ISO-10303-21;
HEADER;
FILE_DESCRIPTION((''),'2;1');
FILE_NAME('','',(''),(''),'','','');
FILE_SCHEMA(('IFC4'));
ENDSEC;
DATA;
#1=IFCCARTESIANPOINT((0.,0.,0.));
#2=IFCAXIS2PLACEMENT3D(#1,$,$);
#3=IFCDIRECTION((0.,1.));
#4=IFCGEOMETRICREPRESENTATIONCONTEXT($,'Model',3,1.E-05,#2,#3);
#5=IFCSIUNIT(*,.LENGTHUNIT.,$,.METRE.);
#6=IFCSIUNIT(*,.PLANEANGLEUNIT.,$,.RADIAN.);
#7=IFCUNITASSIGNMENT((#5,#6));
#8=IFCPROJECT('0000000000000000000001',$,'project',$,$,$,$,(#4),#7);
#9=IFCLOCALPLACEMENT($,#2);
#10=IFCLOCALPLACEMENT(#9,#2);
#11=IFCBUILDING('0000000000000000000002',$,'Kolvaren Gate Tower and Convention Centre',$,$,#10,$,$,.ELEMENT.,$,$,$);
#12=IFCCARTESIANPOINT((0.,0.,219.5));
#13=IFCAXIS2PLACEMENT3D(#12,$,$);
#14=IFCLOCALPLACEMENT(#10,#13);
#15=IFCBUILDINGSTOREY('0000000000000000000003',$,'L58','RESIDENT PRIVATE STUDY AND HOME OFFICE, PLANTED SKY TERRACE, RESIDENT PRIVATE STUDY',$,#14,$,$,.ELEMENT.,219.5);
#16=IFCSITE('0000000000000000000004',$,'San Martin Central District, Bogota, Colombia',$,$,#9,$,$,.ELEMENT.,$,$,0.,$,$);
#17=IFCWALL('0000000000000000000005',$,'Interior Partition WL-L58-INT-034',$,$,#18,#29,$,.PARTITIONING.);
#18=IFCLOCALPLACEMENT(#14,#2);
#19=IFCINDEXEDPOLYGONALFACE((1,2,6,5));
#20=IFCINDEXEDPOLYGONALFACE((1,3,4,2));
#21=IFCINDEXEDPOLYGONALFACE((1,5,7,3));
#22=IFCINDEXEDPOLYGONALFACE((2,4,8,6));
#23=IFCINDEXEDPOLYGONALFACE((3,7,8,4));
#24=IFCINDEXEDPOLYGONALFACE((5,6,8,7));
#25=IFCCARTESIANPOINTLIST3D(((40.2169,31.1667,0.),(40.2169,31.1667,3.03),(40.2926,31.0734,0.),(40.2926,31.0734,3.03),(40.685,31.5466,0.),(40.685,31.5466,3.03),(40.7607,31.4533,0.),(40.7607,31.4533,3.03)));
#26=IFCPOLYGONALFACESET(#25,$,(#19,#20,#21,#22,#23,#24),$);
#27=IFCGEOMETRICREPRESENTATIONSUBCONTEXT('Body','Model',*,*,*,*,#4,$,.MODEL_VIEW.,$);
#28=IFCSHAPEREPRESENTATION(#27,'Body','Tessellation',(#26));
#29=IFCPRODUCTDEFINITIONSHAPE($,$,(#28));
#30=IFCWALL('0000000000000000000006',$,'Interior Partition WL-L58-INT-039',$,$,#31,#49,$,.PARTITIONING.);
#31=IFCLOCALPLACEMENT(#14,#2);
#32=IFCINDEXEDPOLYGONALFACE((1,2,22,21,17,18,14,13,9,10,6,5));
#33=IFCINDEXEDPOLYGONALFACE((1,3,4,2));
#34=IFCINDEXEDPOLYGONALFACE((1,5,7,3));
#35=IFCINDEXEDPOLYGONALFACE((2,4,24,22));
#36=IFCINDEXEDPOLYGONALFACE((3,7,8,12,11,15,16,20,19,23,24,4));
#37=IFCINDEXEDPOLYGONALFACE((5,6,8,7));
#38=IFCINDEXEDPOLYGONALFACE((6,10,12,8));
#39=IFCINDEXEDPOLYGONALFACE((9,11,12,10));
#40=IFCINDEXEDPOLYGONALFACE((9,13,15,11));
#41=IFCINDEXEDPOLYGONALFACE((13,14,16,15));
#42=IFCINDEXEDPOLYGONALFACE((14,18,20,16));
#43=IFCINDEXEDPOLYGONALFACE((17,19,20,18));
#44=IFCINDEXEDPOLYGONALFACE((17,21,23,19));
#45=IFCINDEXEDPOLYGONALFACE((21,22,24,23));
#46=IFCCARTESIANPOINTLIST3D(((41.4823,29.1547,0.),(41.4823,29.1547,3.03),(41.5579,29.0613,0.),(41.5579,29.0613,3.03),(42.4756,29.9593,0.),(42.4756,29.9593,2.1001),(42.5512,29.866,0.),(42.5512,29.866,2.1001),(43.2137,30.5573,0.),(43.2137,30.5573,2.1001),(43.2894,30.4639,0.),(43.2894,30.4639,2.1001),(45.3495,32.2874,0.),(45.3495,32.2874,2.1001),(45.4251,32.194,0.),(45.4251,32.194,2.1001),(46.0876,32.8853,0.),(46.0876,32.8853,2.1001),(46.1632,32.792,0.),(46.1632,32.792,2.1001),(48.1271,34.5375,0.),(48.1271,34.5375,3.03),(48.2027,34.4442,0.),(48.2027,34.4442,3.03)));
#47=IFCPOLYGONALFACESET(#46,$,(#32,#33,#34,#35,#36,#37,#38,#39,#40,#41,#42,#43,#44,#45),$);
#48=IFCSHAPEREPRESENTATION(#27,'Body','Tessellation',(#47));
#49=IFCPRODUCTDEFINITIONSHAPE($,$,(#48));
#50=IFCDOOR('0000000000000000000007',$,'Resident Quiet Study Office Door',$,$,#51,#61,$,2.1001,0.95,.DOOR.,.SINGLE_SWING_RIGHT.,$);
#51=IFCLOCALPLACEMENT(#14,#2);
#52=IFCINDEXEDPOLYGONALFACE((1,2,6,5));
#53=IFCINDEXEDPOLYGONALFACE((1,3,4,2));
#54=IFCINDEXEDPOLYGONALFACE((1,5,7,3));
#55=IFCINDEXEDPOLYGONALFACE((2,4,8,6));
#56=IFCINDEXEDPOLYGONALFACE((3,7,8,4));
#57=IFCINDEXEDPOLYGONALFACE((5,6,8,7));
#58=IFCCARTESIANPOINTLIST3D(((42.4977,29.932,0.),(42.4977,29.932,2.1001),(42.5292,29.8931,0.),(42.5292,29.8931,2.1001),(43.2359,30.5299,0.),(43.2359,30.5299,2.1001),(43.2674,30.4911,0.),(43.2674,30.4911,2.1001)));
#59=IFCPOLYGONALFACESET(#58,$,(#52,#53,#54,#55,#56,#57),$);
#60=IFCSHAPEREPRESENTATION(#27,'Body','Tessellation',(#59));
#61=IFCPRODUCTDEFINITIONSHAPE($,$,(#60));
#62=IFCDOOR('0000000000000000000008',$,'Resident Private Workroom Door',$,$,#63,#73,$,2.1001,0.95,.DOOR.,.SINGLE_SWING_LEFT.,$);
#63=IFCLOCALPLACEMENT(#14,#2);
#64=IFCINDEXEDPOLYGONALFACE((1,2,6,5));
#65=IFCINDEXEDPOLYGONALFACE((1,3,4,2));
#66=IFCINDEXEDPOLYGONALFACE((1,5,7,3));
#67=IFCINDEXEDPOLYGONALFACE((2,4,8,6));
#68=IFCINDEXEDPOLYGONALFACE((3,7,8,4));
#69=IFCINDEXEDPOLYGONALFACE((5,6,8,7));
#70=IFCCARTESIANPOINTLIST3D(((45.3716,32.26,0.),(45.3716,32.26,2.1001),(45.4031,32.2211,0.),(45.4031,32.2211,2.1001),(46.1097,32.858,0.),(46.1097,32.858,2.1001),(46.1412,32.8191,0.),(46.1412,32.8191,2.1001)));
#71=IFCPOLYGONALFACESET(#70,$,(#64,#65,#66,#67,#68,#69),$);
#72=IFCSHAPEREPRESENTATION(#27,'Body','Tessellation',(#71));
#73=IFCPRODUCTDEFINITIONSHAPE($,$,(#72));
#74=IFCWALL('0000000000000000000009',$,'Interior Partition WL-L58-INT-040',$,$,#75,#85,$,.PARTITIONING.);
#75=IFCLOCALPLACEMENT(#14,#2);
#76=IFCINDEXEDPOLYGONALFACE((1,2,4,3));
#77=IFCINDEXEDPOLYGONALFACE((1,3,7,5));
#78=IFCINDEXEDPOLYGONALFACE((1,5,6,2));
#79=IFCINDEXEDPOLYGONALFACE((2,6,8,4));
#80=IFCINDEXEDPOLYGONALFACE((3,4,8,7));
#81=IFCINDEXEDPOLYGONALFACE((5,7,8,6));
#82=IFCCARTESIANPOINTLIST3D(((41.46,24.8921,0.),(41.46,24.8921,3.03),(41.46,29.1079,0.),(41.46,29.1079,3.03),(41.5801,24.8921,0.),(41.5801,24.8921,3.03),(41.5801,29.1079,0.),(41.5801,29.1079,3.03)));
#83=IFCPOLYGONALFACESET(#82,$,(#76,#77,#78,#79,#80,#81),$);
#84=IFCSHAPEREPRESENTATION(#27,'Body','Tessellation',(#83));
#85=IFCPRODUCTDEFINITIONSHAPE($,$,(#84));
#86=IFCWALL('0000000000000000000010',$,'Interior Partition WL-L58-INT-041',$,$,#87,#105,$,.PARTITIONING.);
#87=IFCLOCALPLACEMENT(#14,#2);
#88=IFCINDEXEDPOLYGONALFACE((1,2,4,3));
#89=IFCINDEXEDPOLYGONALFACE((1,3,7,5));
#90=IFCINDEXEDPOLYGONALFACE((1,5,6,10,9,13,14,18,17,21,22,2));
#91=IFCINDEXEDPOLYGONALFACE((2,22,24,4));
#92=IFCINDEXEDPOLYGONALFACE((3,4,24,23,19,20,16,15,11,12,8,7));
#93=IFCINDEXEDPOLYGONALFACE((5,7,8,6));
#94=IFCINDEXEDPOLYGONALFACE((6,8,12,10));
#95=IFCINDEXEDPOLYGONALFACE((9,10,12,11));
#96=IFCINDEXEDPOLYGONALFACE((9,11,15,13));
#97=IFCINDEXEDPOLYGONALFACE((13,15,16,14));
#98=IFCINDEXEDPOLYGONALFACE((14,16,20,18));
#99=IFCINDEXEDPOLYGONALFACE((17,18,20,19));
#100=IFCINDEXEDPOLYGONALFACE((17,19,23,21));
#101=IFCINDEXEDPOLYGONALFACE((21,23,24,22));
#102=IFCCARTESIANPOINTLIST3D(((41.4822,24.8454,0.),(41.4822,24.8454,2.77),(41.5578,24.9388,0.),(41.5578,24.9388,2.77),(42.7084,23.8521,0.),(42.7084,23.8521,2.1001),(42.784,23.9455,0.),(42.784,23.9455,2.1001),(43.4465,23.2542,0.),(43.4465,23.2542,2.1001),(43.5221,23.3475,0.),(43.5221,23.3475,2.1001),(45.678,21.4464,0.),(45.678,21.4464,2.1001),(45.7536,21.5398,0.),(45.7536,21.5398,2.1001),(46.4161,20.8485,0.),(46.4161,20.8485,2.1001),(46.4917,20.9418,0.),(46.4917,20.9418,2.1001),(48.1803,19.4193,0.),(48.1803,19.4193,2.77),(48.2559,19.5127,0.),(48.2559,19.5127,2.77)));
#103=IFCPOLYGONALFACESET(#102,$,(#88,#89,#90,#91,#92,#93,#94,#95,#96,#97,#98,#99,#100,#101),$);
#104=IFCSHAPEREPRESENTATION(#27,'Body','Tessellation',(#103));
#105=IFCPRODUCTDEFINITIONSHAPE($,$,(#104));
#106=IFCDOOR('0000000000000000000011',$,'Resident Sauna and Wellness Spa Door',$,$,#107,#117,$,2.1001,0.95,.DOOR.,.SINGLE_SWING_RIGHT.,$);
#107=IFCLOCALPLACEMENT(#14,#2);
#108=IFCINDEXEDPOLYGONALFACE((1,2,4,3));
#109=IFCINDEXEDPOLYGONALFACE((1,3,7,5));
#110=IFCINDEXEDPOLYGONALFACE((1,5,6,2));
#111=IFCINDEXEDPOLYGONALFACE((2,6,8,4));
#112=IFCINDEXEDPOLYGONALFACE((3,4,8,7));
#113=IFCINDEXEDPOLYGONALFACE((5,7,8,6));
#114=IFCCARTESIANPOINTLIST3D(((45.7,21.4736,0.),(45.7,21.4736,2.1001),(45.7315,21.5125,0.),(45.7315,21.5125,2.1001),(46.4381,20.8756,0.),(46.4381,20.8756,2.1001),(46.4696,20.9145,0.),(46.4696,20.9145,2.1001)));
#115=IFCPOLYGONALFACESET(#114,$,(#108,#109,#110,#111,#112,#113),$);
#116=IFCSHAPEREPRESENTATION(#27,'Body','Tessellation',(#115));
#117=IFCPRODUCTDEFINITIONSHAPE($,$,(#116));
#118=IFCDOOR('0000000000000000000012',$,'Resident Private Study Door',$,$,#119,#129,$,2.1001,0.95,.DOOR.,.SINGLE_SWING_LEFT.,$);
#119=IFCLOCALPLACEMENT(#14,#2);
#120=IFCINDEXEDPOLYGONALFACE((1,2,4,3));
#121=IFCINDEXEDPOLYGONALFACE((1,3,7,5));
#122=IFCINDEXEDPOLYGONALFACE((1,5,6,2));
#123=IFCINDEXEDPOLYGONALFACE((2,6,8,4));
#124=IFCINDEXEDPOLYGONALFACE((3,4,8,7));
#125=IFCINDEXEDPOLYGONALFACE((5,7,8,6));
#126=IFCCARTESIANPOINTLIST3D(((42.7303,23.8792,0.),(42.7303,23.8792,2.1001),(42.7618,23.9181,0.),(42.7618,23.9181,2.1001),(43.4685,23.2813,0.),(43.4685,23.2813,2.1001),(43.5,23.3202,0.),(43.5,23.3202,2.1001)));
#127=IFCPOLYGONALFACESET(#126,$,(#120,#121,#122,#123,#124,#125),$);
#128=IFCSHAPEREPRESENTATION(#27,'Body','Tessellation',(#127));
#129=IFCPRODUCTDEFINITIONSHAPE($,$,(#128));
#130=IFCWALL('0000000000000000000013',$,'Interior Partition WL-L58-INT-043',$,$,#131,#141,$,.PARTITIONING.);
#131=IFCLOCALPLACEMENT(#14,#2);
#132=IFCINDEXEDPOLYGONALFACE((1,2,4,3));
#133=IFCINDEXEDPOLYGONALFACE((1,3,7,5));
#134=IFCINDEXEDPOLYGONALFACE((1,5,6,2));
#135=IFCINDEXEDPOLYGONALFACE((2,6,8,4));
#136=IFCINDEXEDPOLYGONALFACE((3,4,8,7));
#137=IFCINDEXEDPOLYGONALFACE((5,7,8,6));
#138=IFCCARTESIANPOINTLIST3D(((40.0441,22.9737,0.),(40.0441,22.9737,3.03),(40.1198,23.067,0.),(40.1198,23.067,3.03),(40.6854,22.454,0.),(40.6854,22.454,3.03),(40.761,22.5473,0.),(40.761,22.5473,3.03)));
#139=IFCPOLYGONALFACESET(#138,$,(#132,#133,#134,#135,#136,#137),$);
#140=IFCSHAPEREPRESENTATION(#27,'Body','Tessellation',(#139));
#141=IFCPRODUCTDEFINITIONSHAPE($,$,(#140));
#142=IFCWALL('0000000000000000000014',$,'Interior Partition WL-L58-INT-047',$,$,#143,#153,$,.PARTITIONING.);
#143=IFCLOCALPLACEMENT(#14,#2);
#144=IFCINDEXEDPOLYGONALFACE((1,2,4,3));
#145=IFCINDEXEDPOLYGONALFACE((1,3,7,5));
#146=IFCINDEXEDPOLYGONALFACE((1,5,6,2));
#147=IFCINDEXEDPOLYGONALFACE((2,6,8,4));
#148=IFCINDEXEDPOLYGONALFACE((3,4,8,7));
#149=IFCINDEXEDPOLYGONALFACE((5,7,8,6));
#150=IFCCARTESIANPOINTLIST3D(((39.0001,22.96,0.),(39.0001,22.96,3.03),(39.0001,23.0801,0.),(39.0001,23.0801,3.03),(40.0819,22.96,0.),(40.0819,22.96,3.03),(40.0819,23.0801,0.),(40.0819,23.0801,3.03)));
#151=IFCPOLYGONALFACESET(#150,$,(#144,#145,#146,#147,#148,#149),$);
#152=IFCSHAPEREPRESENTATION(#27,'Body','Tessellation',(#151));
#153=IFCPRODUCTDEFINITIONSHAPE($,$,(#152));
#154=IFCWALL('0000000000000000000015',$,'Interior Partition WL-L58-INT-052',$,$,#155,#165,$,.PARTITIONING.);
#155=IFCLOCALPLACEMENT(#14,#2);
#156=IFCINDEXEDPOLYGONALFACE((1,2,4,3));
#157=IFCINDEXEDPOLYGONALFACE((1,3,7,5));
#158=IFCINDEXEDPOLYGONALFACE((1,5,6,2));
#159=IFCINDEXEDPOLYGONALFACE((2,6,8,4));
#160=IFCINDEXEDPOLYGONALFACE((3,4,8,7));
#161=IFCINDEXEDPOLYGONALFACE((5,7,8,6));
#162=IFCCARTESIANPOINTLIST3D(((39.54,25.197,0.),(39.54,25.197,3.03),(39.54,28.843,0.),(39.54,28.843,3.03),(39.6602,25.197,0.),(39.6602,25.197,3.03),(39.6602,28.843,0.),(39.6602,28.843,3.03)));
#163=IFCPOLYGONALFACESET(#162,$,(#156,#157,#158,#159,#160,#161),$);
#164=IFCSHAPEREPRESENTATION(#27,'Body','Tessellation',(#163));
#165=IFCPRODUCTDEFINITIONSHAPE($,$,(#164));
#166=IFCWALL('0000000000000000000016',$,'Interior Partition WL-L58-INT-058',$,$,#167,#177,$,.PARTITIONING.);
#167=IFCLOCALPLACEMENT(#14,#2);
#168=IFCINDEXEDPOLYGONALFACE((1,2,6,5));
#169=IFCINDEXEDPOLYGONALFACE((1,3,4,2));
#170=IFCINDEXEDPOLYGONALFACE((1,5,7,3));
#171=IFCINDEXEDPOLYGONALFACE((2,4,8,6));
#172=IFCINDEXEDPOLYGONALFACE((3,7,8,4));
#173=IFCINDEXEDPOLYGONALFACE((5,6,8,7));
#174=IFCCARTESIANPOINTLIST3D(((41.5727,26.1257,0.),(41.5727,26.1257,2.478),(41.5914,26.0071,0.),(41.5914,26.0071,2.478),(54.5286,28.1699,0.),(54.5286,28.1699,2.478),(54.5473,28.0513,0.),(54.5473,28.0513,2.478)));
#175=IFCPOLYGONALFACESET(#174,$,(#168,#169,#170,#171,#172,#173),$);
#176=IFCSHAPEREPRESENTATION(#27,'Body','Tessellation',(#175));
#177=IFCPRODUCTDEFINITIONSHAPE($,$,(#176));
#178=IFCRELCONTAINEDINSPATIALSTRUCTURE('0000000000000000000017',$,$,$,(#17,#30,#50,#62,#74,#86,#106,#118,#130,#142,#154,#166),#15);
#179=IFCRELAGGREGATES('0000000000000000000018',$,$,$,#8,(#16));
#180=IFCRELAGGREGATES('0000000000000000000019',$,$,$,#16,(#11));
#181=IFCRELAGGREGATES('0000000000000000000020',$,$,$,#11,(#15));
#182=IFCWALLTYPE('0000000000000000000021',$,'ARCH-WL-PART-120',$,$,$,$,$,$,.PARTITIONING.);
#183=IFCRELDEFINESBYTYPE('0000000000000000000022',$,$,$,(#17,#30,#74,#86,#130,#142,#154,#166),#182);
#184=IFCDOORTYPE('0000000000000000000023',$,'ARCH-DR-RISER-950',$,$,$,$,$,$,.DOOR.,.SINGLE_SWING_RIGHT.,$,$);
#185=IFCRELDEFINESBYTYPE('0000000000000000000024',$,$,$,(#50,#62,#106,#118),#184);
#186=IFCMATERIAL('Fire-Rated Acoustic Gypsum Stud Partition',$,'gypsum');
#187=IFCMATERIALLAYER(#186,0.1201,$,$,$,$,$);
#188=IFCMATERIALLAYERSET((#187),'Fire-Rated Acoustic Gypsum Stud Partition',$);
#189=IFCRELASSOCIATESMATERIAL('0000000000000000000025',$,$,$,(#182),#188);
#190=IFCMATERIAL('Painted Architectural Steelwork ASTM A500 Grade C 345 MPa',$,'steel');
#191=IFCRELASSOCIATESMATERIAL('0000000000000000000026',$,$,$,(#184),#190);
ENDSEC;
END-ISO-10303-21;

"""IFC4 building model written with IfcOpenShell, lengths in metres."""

from ifc_helpers import new_model, si_unit, direction, frame, frame_2d, origin, place, context, subcontext, project, spatial, rectangle, extrude, material, layer, layer_set, type_object, element, fill, save


model = new_model("IFC4")

# Units and contexts
model_context = context("Model", 3, precision=1e-05, world=origin(), true_north=direction((0.0, 1.0)))
body_context = subcontext(model_context, "Body", "Model", "MODEL_VIEW")
ifc_project = project(units=[si_unit("LENGTHUNIT", "METRE"), si_unit("PLANEANGLEUNIT", "RADIAN")], contexts=[model_context])

# Site, building, storey
site_placement = place(None, origin())
site = spatial("IfcSite", under=ifc_project, at=site_placement, Name="San Martin Central District, Bogota, Colombia", CompositionType="ELEMENT", RefElevation=0.0)
building_placement = place(site_placement, origin())
building = spatial("IfcBuilding", under=site, at=building_placement, Name="Kolvaren Gate Tower and Convention Centre", CompositionType="ELEMENT")
storey_placement = place(building_placement, frame((0.0, 0.0, 219.5)))
storey = spatial("IfcBuildingStorey", under=building, at=storey_placement, Name="L58", Description="RESIDENT PRIVATE STUDY AND HOME OFFICE, PLANTED SKY TERRACE, RESIDENT PRIVATE STUDY", CompositionType="ELEMENT", Elevation=219.5)

# Wall
ifc_material_1 = material(Name="Fire-Rated Acoustic Gypsum Stud Partition", Category="gypsum")
ifc_layer_1 = layer(ifc_material_1, 0.1201)
ifc_layer_set_1 = layer_set([ifc_layer_1], Name="Fire-Rated Acoustic Gypsum Stud Partition")
wall_type_1 = type_object("IfcWallType", Name="ARCH-WL-PART-120", PredefinedType="PARTITIONING", material=ifc_layer_set_1)
wall_1_placement = place(storey_placement, frame((40.2549, 31.1201, 0.0), z_axis=(0.0, 0.0, 1.0), x_axis=(0.776424, 0.630211, 0.0)))
element("IfcWall", 1, at=wall_1_placement, inside=storey, type_object=wall_type_1, Name="Interior Partition WL-L58-INT-034", PredefinedType="PARTITIONING", context=body_context, shape_type="SweptSolid", body=[
    extrude(rectangle(XDim=0.6028, YDim=0.1201, at=frame_2d((0.3013, 0.0))), origin(), (0.0, 0.0, 1.0), 3.03),
])

# Wall, openings, doors
wall_2_placement = place(storey_placement, frame((41.52, 29.1079, 0.0), z_axis=(0.0, 0.0, 1.0), x_axis=(0.777033, 0.62946, 0.0)))
wall_2 = element("IfcWall", 2, at=wall_2_placement, inside=storey, type_object=wall_type_1, Name="Interior Partition WL-L58-INT-039", PredefinedType="PARTITIONING", context=body_context, shape_type="SweptSolid", body=[
    extrude(rectangle(XDim=8.5515, YDim=0.1201, at=frame_2d((4.2759, 0.0))), origin(), (0.0, 0.0, 1.0), 3.03),
])
opening_1_placement = place(wall_2_placement, frame((1.2783, 0.0, 0.0)))
opening_1 = element("IfcOpeningElement", 3, at=opening_1_placement, cuts=wall_2, PredefinedType="OPENING", context=body_context, shape_type="SweptSolid", body=[
    extrude(rectangle(XDim=0.95, YDim=2.1001, at=frame_2d((0.4751, 1.05))), frame((0.0, 0.0701, 0.0), z_axis=(0.0, -1.0, 0.0), x_axis=(1.0, 0.0, 0.0)), (0.0, 0.0, 1.0), 0.1401),
])
opening_2_placement = place(wall_2_placement, frame((4.9768, 0.0, 0.0)))
opening_2 = element("IfcOpeningElement", 4, at=opening_2_placement, cuts=wall_2, PredefinedType="OPENING", context=body_context, shape_type="SweptSolid", body=[
    extrude(rectangle(XDim=0.95, YDim=2.1001, at=frame_2d((0.4751, 1.05))), frame((0.0, 0.0701, 0.0), z_axis=(0.0, -1.0, 0.0), x_axis=(1.0, 0.0, 0.0)), (0.0, 0.0, 1.0), 0.1401),
])
ifc_material_2 = material(Name="Painted Architectural Steelwork ASTM A500 Grade C 345 MPa", Category="steel")
door_type = type_object("IfcDoorType", Name="ARCH-DR-RISER-950", OperationType="SINGLE_SWING_RIGHT", PredefinedType="DOOR", material=ifc_material_2)
door_1_placement = place(opening_1_placement, origin())
door_1 = element("IfcDoor", 5, at=door_1_placement, inside=storey, type_object=door_type, Name="Resident Quiet Study Office Door", OperationType="SINGLE_SWING_RIGHT", OverallHeight=2.1001, OverallWidth=0.95, PredefinedType="DOOR", context=body_context, shape_type="SweptSolid", body=[
    extrude(rectangle(XDim=0.95, YDim=2.1001, at=frame_2d((0.4751, 1.05))), frame((0.0, 0.0249, 0.0), z_axis=(0.0, -1.0, 0.0), x_axis=(1.0, 0.0, 0.0)), (0.0, 0.0, 1.0), 0.05),
])
fill(opening_1, door_1)
door_2_placement = place(opening_2_placement, origin())
door_2 = element("IfcDoor", 6, at=door_2_placement, inside=storey, type_object=door_type, Name="Resident Private Workroom Door", OperationType="SINGLE_SWING_LEFT", OverallHeight=2.1001, OverallWidth=0.95, PredefinedType="DOOR", context=body_context, shape_type="SweptSolid", body=[
    extrude(rectangle(XDim=0.95, YDim=2.1001, at=frame_2d((0.4751, 1.05))), frame((0.0, 0.0249, 0.0), z_axis=(0.0, -1.0, 0.0), x_axis=(1.0, 0.0, 0.0)), (0.0, 0.0, 1.0), 0.05),
])
fill(opening_2, door_2)

# Wall
wall_3_placement = place(storey_placement, frame((41.52, 24.8921, 0.0), z_axis=(0.0, 0.0, 1.0), x_axis=(0.0, 1.0, 0.0)))
element("IfcWall", 7, at=wall_3_placement, inside=storey, type_object=wall_type_1, Name="Interior Partition WL-L58-INT-040", PredefinedType="PARTITIONING", context=body_context, shape_type="SweptSolid", body=[
    extrude(rectangle(XDim=4.2158, YDim=0.1201, at=frame_2d((2.1079, 0.0))), origin(), (0.0, 0.0, 1.0), 3.03),
])

# Wall, openings, doors
wall_4_placement = place(storey_placement, frame((41.52, 24.8921, 0.0), z_axis=(0.0, 0.0, 1.0), x_axis=(0.777027, -0.629467, 0.0)))
wall_4 = element("IfcWall", 8, at=wall_4_placement, inside=storey, type_object=wall_type_1, Name="Interior Partition WL-L58-INT-041", PredefinedType="PARTITIONING", context=body_context, shape_type="SweptSolid", body=[
    extrude(rectangle(XDim=8.6201, YDim=0.1201, at=frame_2d((4.3101, 0.0))), origin(), (0.0, 0.0, 1.0), 2.77),
])
opening_3_placement = place(wall_4_placement, frame((5.3997, 0.0, 0.0)))
opening_3 = element("IfcOpeningElement", 9, at=opening_3_placement, cuts=wall_4, PredefinedType="OPENING", context=body_context, shape_type="SweptSolid", body=[
    extrude(rectangle(XDim=0.95, YDim=2.1001, at=frame_2d((0.4751, 1.05))), frame((0.0, 0.0701, 0.0), z_axis=(0.0, -1.0, 0.0), x_axis=(1.0, 0.0, 0.0)), (0.0, 0.0, 1.0), 0.1401),
])
opening_4_placement = place(wall_4_placement, frame((1.5779, 0.0, 0.0)))
opening_4 = element("IfcOpeningElement", 10, at=opening_4_placement, cuts=wall_4, PredefinedType="OPENING", context=body_context, shape_type="SweptSolid", body=[
    extrude(rectangle(XDim=0.95, YDim=2.1001, at=frame_2d((0.4751, 1.05))), frame((0.0, 0.0701, 0.0), z_axis=(0.0, -1.0, 0.0), x_axis=(1.0, 0.0, 0.0)), (0.0, 0.0, 1.0), 0.1401),
])
door_3_placement = place(opening_3_placement, origin())
door_3 = element("IfcDoor", 11, at=door_3_placement, inside=storey, type_object=door_type, Name="Resident Sauna and Wellness Spa Door", OperationType="SINGLE_SWING_RIGHT", OverallHeight=2.1001, OverallWidth=0.95, PredefinedType="DOOR", context=body_context, shape_type="SweptSolid", body=[
    extrude(rectangle(XDim=0.95, YDim=2.1001, at=frame_2d((0.4751, 1.05))), frame((0.0, 0.0249, 0.0), z_axis=(0.0, -1.0, 0.0), x_axis=(1.0, 0.0, 0.0)), (0.0, 0.0, 1.0), 0.05),
])
fill(opening_3, door_3)
door_4_placement = place(opening_4_placement, origin())
door_4 = element("IfcDoor", 12, at=door_4_placement, inside=storey, type_object=door_type, Name="Resident Private Study Door", OperationType="SINGLE_SWING_LEFT", OverallHeight=2.1001, OverallWidth=0.95, PredefinedType="DOOR", context=body_context, shape_type="SweptSolid", body=[
    extrude(rectangle(XDim=0.95, YDim=2.1001, at=frame_2d((0.4751, 1.05))), frame((0.0, 0.0249, 0.0), z_axis=(0.0, -1.0, 0.0), x_axis=(1.0, 0.0, 0.0)), (0.0, 0.0, 1.0), 0.05),
])
fill(opening_4, door_4)

# Walls
wall_5_placement = place(storey_placement, frame((40.082, 23.0203, 0.0), z_axis=(0.0, 0.0, 1.0), x_axis=(0.7769, -0.629624, 0.0)))
element("IfcWall", 13, at=wall_5_placement, inside=storey, type_object=wall_type_1, Name="Interior Partition WL-L58-INT-043", PredefinedType="PARTITIONING", context=body_context, shape_type="SweptSolid", body=[
    extrude(rectangle(XDim=0.8254, YDim=0.1201, at=frame_2d((0.4126, 0.0))), origin(), (0.0, 0.0, 1.0), 3.03),
])
wall_6_placement = place(storey_placement, frame((39.0, 23.02, 0.0), z_axis=(0.0, 0.0, 1.0), x_axis=(1.0, 0.0, 0.0)))
element("IfcWall", 14, at=wall_6_placement, inside=storey, type_object=wall_type_1, Name="Interior Partition WL-L58-INT-047", PredefinedType="PARTITIONING", context=body_context, shape_type="SweptSolid", body=[
    extrude(rectangle(XDim=1.0818, YDim=0.1201, at=frame_2d((0.541, 0.0))), origin(), (0.0, 0.0, 1.0), 3.03),
])
wall_7_placement = place(storey_placement, frame((39.6001, 25.197, 0.0), z_axis=(0.0, 0.0, 1.0), x_axis=(0.0, 1.0, 0.0)))
element("IfcWall", 15, at=wall_7_placement, inside=storey, type_object=wall_type_1, Name="Interior Partition WL-L58-INT-052", PredefinedType="PARTITIONING", context=body_context, shape_type="SweptSolid", body=[
    extrude(rectangle(XDim=3.646, YDim=0.1201, at=frame_2d((1.823, 0.0))), origin(), (0.0, 0.0, 1.0), 3.03),
])
wall_8_placement = place(storey_placement, frame((41.582, 26.0664, 0.0), z_axis=(0.0, 0.0, 1.0), x_axis=(0.987781, 0.155851, 0.0)))
element("IfcWall", 16, at=wall_8_placement, inside=storey, type_object=wall_type_1, Name="Interior Partition WL-L58-INT-058", PredefinedType="PARTITIONING", context=body_context, shape_type="SweptSolid", body=[
    extrude(rectangle(XDim=13.1162, YDim=0.1201, at=frame_2d((6.5581, 0.0))), origin(), (0.0, 0.0, 1.0), 2.478),
])

save(model, "model.ifc")
